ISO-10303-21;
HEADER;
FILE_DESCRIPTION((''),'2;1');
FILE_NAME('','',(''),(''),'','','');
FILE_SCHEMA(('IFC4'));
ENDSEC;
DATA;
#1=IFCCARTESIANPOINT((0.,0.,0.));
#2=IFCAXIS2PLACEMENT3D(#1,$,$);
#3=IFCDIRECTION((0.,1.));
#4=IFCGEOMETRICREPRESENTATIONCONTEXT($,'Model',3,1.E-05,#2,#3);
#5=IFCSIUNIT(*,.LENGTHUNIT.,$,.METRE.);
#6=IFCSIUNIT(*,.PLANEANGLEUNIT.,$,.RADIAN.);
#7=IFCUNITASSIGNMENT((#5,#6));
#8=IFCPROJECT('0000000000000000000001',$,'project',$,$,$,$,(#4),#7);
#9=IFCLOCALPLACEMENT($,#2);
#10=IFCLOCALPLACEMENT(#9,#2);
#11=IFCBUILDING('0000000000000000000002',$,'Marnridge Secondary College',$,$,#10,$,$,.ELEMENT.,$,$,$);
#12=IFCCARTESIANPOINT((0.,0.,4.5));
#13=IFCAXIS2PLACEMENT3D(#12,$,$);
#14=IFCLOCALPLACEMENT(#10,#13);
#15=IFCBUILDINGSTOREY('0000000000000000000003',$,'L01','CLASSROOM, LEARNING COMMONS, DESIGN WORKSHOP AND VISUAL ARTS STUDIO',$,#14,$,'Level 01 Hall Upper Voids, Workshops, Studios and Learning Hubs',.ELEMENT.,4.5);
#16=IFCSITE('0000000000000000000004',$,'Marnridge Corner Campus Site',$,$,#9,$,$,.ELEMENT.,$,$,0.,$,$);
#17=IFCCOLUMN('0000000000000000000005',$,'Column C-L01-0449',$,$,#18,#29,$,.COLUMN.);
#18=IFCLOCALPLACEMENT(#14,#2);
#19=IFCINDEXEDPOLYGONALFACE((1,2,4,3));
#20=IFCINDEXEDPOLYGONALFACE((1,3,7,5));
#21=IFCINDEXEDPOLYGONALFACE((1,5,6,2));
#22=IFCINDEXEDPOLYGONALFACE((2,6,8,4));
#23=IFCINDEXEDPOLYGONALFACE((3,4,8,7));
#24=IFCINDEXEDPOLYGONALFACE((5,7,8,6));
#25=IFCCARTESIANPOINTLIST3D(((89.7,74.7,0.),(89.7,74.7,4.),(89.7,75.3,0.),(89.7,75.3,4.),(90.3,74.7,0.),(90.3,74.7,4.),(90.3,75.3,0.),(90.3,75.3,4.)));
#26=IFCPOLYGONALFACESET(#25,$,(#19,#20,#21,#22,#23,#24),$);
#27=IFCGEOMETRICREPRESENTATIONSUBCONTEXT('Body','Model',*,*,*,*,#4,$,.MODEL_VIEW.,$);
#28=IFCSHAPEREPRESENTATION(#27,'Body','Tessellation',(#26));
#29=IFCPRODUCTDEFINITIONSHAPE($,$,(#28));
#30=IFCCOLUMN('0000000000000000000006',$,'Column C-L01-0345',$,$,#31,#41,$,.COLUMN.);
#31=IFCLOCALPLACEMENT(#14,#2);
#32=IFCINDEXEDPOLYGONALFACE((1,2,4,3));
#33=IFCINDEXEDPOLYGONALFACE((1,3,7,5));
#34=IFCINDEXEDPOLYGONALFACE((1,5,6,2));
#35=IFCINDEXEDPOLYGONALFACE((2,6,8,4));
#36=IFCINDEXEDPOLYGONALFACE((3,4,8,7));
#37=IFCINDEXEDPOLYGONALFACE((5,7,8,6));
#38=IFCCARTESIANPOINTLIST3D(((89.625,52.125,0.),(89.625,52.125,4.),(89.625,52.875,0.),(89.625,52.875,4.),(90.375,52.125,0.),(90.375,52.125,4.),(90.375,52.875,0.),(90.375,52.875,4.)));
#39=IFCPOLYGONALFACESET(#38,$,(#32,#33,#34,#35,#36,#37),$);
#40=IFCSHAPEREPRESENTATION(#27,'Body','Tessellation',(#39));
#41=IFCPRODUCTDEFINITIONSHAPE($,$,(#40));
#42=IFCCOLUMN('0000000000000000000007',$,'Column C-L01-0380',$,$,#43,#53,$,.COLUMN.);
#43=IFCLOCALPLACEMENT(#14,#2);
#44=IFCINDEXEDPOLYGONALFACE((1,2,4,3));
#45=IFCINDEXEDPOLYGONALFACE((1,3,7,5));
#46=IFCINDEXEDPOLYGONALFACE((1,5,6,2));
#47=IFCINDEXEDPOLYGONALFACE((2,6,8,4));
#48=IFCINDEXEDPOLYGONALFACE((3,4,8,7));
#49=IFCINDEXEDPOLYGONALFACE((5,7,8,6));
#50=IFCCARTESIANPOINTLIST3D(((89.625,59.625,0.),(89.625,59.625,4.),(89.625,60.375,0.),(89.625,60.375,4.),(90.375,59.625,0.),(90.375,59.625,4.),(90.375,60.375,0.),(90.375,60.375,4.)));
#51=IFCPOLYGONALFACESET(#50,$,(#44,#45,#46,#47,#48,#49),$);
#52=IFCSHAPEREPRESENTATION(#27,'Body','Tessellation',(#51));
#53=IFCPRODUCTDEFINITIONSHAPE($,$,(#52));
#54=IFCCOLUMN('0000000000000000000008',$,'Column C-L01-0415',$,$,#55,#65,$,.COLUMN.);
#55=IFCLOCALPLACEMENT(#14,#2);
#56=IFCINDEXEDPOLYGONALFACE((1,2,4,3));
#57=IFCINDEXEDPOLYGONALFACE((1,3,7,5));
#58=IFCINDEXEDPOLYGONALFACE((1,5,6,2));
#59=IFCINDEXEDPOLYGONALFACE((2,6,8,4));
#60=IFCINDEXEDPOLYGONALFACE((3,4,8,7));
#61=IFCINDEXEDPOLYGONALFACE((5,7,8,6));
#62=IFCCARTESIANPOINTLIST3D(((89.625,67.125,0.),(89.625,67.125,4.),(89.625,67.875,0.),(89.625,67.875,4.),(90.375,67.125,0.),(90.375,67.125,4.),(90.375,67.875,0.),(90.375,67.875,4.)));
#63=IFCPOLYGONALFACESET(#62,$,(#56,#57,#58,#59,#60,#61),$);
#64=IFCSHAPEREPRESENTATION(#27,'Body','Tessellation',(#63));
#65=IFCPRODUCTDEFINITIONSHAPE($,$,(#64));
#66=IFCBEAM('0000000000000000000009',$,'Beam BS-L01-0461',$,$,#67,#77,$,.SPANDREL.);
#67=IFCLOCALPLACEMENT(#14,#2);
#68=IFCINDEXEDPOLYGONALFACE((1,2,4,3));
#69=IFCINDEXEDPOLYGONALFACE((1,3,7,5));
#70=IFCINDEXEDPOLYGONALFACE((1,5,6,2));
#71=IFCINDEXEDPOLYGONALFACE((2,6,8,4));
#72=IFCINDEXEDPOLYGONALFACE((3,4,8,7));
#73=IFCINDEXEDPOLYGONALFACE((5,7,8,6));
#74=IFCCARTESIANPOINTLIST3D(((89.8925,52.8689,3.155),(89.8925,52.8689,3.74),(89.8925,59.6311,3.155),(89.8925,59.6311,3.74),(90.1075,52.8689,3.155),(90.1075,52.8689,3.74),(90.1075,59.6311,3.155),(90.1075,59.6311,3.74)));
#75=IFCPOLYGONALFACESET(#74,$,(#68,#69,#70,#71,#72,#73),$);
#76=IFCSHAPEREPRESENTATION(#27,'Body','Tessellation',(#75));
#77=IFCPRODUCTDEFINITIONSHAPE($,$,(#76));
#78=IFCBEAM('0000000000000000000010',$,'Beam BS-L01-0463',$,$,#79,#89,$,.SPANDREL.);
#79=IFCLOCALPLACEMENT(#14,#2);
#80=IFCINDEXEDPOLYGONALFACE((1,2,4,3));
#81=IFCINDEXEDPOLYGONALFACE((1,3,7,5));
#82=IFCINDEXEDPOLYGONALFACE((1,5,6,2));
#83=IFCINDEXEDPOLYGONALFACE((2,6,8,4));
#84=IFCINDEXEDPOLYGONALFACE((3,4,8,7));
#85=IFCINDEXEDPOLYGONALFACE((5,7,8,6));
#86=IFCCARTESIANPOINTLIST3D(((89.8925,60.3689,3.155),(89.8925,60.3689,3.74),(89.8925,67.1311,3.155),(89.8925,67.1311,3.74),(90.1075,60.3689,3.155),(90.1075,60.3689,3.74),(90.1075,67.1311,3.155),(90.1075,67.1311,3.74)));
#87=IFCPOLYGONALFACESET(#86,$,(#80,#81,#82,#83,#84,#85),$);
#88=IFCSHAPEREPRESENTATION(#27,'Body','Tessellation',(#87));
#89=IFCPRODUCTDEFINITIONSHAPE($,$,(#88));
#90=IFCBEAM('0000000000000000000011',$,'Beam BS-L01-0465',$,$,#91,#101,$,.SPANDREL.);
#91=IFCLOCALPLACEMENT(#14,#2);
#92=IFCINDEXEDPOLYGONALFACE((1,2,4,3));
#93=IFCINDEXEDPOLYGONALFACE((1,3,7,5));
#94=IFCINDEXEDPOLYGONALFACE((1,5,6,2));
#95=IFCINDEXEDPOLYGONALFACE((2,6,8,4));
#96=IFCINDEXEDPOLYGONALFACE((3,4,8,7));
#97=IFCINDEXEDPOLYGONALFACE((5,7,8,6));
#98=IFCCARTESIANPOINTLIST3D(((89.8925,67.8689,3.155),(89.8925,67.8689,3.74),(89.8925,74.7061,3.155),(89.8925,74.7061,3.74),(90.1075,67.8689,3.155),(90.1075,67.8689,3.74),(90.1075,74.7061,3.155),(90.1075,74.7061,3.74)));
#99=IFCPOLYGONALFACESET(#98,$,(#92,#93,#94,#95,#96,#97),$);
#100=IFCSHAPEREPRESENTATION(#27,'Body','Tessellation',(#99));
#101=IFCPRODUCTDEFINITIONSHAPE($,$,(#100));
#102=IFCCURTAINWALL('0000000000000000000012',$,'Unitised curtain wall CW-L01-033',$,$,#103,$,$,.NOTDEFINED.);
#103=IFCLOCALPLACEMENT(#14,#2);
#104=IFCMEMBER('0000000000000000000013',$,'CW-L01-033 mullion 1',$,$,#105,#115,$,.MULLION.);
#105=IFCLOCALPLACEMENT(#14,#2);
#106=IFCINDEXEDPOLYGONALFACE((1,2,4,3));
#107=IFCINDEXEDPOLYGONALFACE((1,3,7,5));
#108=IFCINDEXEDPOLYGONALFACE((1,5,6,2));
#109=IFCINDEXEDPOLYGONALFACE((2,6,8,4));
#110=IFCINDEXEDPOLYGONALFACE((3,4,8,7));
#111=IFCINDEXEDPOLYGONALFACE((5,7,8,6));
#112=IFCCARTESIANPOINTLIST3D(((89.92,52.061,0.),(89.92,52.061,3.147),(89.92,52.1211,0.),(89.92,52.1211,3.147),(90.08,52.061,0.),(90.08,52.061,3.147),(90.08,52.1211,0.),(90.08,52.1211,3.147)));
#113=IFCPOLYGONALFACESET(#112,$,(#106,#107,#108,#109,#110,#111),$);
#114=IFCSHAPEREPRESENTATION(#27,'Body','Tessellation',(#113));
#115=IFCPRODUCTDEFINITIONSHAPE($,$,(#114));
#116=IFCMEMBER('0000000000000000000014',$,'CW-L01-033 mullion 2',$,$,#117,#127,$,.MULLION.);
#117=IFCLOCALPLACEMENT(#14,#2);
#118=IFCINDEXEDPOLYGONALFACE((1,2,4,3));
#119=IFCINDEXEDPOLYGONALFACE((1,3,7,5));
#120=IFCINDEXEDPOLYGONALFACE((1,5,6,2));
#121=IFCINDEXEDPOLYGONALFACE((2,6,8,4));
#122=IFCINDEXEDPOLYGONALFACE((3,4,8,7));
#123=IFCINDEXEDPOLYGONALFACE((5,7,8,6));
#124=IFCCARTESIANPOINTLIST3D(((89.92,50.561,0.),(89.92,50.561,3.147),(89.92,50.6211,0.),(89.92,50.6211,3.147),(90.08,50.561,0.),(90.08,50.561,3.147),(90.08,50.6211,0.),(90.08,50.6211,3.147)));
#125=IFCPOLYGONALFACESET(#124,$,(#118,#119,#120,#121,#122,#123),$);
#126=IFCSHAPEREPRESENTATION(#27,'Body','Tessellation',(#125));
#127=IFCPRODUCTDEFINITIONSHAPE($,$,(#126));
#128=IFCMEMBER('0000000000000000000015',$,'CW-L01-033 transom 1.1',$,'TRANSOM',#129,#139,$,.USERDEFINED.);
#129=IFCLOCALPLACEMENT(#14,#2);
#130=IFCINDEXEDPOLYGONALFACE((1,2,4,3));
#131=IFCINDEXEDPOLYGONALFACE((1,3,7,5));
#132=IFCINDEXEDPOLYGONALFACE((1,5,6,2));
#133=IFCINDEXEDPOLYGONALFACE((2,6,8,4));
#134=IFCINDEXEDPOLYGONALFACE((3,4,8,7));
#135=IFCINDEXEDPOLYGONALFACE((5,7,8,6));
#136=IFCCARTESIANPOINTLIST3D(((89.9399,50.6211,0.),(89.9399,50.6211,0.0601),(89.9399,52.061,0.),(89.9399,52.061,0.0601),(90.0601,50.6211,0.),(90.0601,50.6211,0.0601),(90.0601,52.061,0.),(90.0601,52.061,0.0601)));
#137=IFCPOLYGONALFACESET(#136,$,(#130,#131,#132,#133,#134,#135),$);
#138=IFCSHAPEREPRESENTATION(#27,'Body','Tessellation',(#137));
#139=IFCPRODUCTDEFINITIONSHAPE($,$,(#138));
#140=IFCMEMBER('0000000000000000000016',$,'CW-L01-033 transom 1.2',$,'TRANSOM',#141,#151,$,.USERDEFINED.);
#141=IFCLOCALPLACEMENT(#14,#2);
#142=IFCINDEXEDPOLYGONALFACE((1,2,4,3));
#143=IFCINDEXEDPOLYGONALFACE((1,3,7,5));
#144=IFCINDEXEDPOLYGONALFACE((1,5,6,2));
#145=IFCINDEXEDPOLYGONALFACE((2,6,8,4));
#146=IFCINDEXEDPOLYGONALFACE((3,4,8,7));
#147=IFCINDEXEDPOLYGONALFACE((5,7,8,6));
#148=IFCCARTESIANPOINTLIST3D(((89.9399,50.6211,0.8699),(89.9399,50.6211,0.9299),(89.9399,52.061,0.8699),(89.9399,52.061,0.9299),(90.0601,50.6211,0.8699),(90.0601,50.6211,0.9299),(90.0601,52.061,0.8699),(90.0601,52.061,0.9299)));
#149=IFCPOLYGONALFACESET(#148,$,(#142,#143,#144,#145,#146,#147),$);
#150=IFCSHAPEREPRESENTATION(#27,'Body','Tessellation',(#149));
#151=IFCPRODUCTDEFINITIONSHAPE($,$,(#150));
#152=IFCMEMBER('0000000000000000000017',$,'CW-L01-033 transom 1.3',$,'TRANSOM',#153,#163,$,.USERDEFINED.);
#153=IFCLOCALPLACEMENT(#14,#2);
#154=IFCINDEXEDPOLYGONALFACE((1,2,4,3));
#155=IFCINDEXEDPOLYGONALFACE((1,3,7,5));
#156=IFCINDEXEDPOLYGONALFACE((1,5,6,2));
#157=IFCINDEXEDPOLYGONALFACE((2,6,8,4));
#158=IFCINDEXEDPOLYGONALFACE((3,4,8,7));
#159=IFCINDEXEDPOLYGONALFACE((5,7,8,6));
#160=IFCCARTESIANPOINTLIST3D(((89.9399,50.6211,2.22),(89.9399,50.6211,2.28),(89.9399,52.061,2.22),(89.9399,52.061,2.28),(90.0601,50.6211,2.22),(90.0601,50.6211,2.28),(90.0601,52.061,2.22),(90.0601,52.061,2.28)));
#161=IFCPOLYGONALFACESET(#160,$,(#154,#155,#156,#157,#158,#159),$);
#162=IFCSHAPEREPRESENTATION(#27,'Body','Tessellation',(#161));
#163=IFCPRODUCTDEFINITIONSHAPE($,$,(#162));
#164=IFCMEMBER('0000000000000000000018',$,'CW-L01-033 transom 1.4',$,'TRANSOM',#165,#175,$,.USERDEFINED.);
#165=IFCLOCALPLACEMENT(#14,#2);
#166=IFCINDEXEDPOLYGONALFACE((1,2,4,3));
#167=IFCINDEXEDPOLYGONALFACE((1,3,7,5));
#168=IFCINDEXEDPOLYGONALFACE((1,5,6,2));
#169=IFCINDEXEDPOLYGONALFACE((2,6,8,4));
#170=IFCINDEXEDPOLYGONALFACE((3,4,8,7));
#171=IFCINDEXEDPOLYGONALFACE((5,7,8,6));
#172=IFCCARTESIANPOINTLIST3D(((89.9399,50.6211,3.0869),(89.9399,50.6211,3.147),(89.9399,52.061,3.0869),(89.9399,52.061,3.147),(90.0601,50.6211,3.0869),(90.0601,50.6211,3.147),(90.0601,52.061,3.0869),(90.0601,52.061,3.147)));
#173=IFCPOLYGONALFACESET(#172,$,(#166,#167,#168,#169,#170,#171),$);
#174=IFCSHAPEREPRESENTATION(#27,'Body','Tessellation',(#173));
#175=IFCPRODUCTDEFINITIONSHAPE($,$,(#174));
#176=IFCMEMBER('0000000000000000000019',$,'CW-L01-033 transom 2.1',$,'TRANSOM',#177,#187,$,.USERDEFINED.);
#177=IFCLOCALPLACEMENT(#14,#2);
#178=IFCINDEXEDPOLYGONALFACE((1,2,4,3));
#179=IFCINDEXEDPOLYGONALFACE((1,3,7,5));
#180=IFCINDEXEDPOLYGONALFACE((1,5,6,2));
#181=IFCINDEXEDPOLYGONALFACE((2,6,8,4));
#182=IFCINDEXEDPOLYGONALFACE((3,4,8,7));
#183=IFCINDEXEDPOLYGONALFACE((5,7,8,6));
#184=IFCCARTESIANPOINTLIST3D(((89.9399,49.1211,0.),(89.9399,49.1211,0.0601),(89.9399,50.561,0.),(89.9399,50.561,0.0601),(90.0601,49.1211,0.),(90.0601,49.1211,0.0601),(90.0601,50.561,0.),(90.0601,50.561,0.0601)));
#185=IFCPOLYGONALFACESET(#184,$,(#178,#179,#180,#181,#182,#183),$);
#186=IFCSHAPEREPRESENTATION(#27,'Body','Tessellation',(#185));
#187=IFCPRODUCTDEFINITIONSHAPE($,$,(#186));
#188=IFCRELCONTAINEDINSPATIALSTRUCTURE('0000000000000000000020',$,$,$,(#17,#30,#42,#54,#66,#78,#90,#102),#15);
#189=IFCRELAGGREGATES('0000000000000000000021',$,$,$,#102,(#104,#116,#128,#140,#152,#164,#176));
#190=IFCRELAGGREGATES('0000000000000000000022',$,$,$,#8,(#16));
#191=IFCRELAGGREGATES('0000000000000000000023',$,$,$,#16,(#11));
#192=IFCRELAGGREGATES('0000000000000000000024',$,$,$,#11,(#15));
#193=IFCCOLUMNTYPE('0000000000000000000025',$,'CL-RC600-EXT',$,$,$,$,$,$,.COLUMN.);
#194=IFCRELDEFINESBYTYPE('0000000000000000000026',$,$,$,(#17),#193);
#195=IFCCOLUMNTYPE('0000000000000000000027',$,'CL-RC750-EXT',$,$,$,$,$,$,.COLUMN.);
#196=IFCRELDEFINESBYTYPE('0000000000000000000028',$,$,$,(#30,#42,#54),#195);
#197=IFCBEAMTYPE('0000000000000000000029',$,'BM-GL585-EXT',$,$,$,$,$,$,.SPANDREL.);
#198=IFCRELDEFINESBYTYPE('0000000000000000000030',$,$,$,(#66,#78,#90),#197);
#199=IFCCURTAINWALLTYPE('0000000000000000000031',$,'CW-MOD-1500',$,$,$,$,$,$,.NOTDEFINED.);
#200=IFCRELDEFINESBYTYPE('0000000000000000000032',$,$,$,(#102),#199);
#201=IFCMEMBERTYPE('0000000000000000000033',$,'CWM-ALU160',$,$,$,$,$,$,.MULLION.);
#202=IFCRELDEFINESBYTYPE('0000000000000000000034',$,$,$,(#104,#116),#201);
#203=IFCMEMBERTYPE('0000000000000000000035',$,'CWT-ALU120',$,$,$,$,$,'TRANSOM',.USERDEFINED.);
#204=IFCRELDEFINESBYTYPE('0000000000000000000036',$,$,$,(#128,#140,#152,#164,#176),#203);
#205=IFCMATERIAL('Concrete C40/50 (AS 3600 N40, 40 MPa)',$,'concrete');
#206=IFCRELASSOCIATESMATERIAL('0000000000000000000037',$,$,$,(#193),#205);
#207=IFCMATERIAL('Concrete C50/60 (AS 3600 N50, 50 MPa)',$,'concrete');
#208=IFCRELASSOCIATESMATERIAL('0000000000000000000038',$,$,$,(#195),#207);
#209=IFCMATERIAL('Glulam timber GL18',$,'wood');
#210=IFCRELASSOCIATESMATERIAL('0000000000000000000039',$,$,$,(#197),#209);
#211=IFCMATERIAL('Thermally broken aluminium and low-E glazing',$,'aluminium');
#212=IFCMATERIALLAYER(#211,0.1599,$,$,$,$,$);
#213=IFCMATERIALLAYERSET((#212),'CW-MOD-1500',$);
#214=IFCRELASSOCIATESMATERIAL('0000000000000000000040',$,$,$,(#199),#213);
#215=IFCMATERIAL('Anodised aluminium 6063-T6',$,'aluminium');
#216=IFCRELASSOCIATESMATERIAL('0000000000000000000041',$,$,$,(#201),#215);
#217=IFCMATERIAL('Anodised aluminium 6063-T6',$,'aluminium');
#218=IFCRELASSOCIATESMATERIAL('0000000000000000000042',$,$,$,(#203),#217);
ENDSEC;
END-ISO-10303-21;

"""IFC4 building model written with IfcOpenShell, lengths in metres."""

from ifc_helpers import new_model, si_unit, direction, frame, origin, origin_2d, place, context, subcontext, project, spatial, rectangle, extrude, material, layer, layer_set, material_profile, profile_set, type_object, element, aggregate, save


model = new_model("IFC4")

# Units and contexts
model_context = context("Model", 3, precision=1e-05, world=origin(), true_north=direction((0.0, 1.0)))
body_context = subcontext(model_context, "Body", "Model", "MODEL_VIEW")
ifc_project = project(units=[si_unit("LENGTHUNIT", "METRE"), si_unit("PLANEANGLEUNIT", "RADIAN")], contexts=[model_context])

# Site, building, storey
site_placement = place(None, origin())
site = spatial("IfcSite", under=ifc_project, at=site_placement, Name="Marnridge Corner Campus Site", CompositionType="ELEMENT", RefElevation=0.0)
building_placement = place(site_placement, origin())
building = spatial("IfcBuilding", under=site, at=building_placement, Name="Marnridge Secondary College", CompositionType="ELEMENT")
storey_placement = place(building_placement, frame((0.0, 0.0, 4.5)))
storey = spatial("IfcBuildingStorey", under=building, at=storey_placement, Name="L01", Description="CLASSROOM, LEARNING COMMONS, DESIGN WORKSHOP AND VISUAL ARTS STUDIO", LongName="Level 01 Hall Upper Voids, Workshops, Studios and Learning Hubs", CompositionType="ELEMENT", Elevation=4.5)

# Columns
ifc_material_1 = material(Name="Concrete C40/50 (AS 3600 N40, 40 MPa)", Category="concrete")
ifc_material_profile_1 = material_profile(ifc_material_1, rectangle(XDim=0.6001, YDim=0.6001, at=origin_2d()), Name="RC 600x600")
ifc_profile_set_1 = profile_set([ifc_material_profile_1], Name="Concrete C40/50 (AS 3600 N40, 40 MPa)")
column_type_1 = type_object("IfcColumnType", Name="CL-RC600-EXT", PredefinedType="COLUMN", material=ifc_profile_set_1)
column_placement = place(storey_placement, frame((90.0, 75.0, 0.0), z_axis=(0.0, 0.0, 1.0), x_axis=(1.0, 0.0, 0.0)))
element("IfcColumn", 1, at=column_placement, inside=storey, type_object=column_type_1, Name="Column C-L01-0449", PredefinedType="COLUMN", context=body_context, shape_type="SweptSolid", body=[
    extrude(rectangle(XDim=0.6001, YDim=0.6001, at=origin_2d()), origin(), (0.0, 0.0, 1.0), 4.0),
])
ifc_material_2 = material(Name="Concrete C50/60 (AS 3600 N50, 50 MPa)", Category="concrete")
ifc_material_profile_2 = material_profile(ifc_material_2, rectangle(XDim=0.75, YDim=0.75, at=origin_2d()), Name="RC 750x750")
ifc_profile_set_2 = profile_set([ifc_material_profile_2], Name="Concrete C50/60 (AS 3600 N50, 50 MPa)")
column_type_2 = type_object("IfcColumnType", Name="CL-RC750-EXT", PredefinedType="COLUMN", material=ifc_profile_set_2)
for number, where, z_axis, x_axis, name in (
    (2, (90.0, 52.5, 0.0), (0.0, 0.0, 1.0), (1.0, 0.0, 0.0), "Column C-L01-0345"),
    (3, (90.0, 60.0, 0.0), (0.0, 0.0, 1.0), (1.0, 0.0, 0.0), "Column C-L01-0380"),
    (4, (90.0, 67.5, 0.0), (0.0, 0.0, 1.0), (1.0, 0.0, 0.0), "Column C-L01-0415"),
):
    element("IfcColumn", number, at=place(storey_placement, frame(where, z_axis=z_axis, x_axis=x_axis)), inside=storey, type_object=column_type_2, Name=name, PredefinedType="COLUMN", context=body_context, shape_type="SweptSolid", body=[
        extrude(rectangle(XDim=0.75, YDim=0.75, at=origin_2d()), origin(), (0.0, 0.0, 1.0), 4.0),
    ])

# Beams
ifc_material_3 = material(Name="Glulam timber GL18", Category="wood")
ifc_material_profile_3 = material_profile(ifc_material_3, rectangle(XDim=0.2151, YDim=0.585, at=origin_2d()), Name="GL18 215x585")
ifc_profile_set_3 = profile_set([ifc_material_profile_3], Name="Glulam timber GL18")
beam_type = type_object("IfcBeamType", Name="BM-GL585-EXT", PredefinedType="SPANDREL", material=ifc_profile_set_3)
for number, where, z_axis, x_axis, name in (
    (5, (90.0, 52.8689, 3.4475), (0.0, 1.0, 0.0), (-1.0, 0.0, 0.0), "Beam BS-L01-0461"),
    (6, (90.0, 60.3689, 3.4475), (0.0, 1.0, 0.0), (-1.0, 0.0, 0.0), "Beam BS-L01-0463"),
):
    element("IfcBeam", number, at=place(storey_placement, frame(where, z_axis=z_axis, x_axis=x_axis)), inside=storey, type_object=beam_type, Name=name, PredefinedType="SPANDREL", context=body_context, shape_type="SweptSolid", body=[
        extrude(rectangle(XDim=0.2151, YDim=0.585, at=origin_2d()), origin(), (0.0, 0.0, 1.0), 6.7622),
    ])
beam_placement = place(storey_placement, frame((90.0, 67.8689, 3.4475), z_axis=(0.0, 1.0, 0.0), x_axis=(-1.0, 0.0, 0.0)))
element("IfcBeam", 7, at=beam_placement, inside=storey, type_object=beam_type, Name="Beam BS-L01-0465", PredefinedType="SPANDREL", context=body_context, shape_type="SweptSolid", body=[
    extrude(rectangle(XDim=0.2151, YDim=0.585, at=origin_2d()), origin(), (0.0, 0.0, 1.0), 6.8372),
])

# Curtain wall, members
ifc_material_4 = material(Name="Thermally broken aluminium and low-E glazing", Category="aluminium")
ifc_layer_1 = layer(ifc_material_4, 0.1599)
ifc_layer_set_1 = layer_set([ifc_layer_1], Name="CW-MOD-1500")
curtain_wall_type = type_object("IfcCurtainWallType", Name="CW-MOD-1500", PredefinedType="NOTDEFINED", material=ifc_layer_set_1)
curtain_wall_placement = place(storey_placement, origin())
curtain_wall = element("IfcCurtainWall", 8, at=curtain_wall_placement, inside=storey, type_object=curtain_wall_type, Name="Unitised curtain wall CW-L01-033", PredefinedType="NOTDEFINED")
ifc_material_5 = material(Name="Anodised aluminium 6063-T6", Category="aluminium")
ifc_material_profile_4 = material_profile(ifc_material_5, rectangle(XDim=0.0601, YDim=0.1599, at=origin_2d()), Name="ALU 60x160")
ifc_profile_set_4 = profile_set([ifc_material_profile_4], Name="Anodised aluminium 6063-T6")
member_type_1 = type_object("IfcMemberType", Name="CWM-ALU160", PredefinedType="MULLION", material=ifc_profile_set_4)
member_1_placement = place(storey_placement, frame((90.0, 52.0911, 0.0), z_axis=(0.0, 0.0, 1.0), x_axis=(0.0, -1.0, 0.0)))
member_1 = element("IfcMember", 9, at=member_1_placement, type_object=member_type_1, Name="CW-L01-033 mullion 1", PredefinedType="MULLION", context=body_context, shape_type="SweptSolid", body=[
    extrude(rectangle(XDim=0.0601, YDim=0.1599, at=origin_2d()), origin(), (0.0, 0.0, 1.0), 3.147),
])
member_2_placement = place(storey_placement, frame((90.0, 50.5911, 0.0), z_axis=(0.0, 0.0, 1.0), x_axis=(0.0, -1.0, 0.0)))
member_2 = element("IfcMember", 10, at=member_2_placement, type_object=member_type_1, Name="CW-L01-033 mullion 2", PredefinedType="MULLION", context=body_context, shape_type="SweptSolid", body=[
    extrude(rectangle(XDim=0.0601, YDim=0.1599, at=origin_2d()), origin(), (0.0, 0.0, 1.0), 3.147),
])
ifc_material_6 = material(Name="Anodised aluminium 6063-T6", Category="aluminium")
ifc_material_profile_5 = material_profile(ifc_material_6, rectangle(XDim=0.0601, YDim=0.1201, at=origin_2d()), Name="ALU 60x120")
ifc_profile_set_5 = profile_set([ifc_material_profile_5], Name="Anodised aluminium 6063-T6")
member_type_2 = type_object("IfcMemberType", Name="CWT-ALU120", ElementType="TRANSOM", PredefinedType="USERDEFINED", material=ifc_profile_set_5)
member_3_placement = place(storey_placement, frame((90.0, 52.061, 0.03), z_axis=(0.0, -1.0, 0.0), x_axis=(0.0, 0.0, 1.0)))
member_3 = element("IfcMember", 11, at=member_3_placement, type_object=member_type_2, Name="CW-L01-033 transom 1.1", ObjectType="TRANSOM", PredefinedType="USERDEFINED", context=body_context, shape_type="SweptSolid", body=[
    extrude(rectangle(XDim=0.0601, YDim=0.1201, at=origin_2d()), origin(), (0.0, 0.0, 1.0), 1.4399),
])
member_4_placement = place(storey_placement, frame((90.0, 52.061, 0.8999), z_axis=(0.0, -1.0, 0.0), x_axis=(0.0, 0.0, 1.0)))
member_4 = element("IfcMember", 12, at=member_4_placement, type_object=member_type_2, Name="CW-L01-033 transom 1.2", ObjectType="TRANSOM", PredefinedType="USERDEFINED", context=body_context, shape_type="SweptSolid", body=[
    extrude(rectangle(XDim=0.0601, YDim=0.1201, at=origin_2d()), origin(), (0.0, 0.0, 1.0), 1.4399),
])
member_5_placement = place(storey_placement, frame((90.0, 52.061, 2.25), z_axis=(0.0, -1.0, 0.0), x_axis=(0.0, 0.0, 1.0)))
member_5 = element("IfcMember", 13, at=member_5_placement, type_object=member_type_2, Name="CW-L01-033 transom 1.3", ObjectType="TRANSOM", PredefinedType="USERDEFINED", context=body_context, shape_type="SweptSolid", body=[
    extrude(rectangle(XDim=0.0601, YDim=0.1201, at=origin_2d()), origin(), (0.0, 0.0, 1.0), 1.4399),
])
member_6_placement = place(storey_placement, frame((90.0, 52.061, 3.1169), z_axis=(0.0, -1.0, 0.0), x_axis=(0.0, 0.0, 1.0)))
member_6 = element("IfcMember", 14, at=member_6_placement, type_object=member_type_2, Name="CW-L01-033 transom 1.4", ObjectType="TRANSOM", PredefinedType="USERDEFINED", context=body_context, shape_type="SweptSolid", body=[
    extrude(rectangle(XDim=0.0601, YDim=0.1201, at=origin_2d()), origin(), (0.0, 0.0, 1.0), 1.4399),
])
member_7_placement = place(storey_placement, frame((90.0, 50.561, 0.03), z_axis=(0.0, -1.0, 0.0), x_axis=(0.0, 0.0, 1.0)))
member_7 = element("IfcMember", 15, at=member_7_placement, type_object=member_type_2, Name="CW-L01-033 transom 2.1", ObjectType="TRANSOM", PredefinedType="USERDEFINED", context=body_context, shape_type="SweptSolid", body=[
    extrude(rectangle(XDim=0.0601, YDim=0.1201, at=origin_2d()), origin(), (0.0, 0.0, 1.0), 1.4399),
])
aggregate(curtain_wall, [member_1, member_2, member_3, member_4, member_5, member_6, member_7])

save(model, "model.ifc")
